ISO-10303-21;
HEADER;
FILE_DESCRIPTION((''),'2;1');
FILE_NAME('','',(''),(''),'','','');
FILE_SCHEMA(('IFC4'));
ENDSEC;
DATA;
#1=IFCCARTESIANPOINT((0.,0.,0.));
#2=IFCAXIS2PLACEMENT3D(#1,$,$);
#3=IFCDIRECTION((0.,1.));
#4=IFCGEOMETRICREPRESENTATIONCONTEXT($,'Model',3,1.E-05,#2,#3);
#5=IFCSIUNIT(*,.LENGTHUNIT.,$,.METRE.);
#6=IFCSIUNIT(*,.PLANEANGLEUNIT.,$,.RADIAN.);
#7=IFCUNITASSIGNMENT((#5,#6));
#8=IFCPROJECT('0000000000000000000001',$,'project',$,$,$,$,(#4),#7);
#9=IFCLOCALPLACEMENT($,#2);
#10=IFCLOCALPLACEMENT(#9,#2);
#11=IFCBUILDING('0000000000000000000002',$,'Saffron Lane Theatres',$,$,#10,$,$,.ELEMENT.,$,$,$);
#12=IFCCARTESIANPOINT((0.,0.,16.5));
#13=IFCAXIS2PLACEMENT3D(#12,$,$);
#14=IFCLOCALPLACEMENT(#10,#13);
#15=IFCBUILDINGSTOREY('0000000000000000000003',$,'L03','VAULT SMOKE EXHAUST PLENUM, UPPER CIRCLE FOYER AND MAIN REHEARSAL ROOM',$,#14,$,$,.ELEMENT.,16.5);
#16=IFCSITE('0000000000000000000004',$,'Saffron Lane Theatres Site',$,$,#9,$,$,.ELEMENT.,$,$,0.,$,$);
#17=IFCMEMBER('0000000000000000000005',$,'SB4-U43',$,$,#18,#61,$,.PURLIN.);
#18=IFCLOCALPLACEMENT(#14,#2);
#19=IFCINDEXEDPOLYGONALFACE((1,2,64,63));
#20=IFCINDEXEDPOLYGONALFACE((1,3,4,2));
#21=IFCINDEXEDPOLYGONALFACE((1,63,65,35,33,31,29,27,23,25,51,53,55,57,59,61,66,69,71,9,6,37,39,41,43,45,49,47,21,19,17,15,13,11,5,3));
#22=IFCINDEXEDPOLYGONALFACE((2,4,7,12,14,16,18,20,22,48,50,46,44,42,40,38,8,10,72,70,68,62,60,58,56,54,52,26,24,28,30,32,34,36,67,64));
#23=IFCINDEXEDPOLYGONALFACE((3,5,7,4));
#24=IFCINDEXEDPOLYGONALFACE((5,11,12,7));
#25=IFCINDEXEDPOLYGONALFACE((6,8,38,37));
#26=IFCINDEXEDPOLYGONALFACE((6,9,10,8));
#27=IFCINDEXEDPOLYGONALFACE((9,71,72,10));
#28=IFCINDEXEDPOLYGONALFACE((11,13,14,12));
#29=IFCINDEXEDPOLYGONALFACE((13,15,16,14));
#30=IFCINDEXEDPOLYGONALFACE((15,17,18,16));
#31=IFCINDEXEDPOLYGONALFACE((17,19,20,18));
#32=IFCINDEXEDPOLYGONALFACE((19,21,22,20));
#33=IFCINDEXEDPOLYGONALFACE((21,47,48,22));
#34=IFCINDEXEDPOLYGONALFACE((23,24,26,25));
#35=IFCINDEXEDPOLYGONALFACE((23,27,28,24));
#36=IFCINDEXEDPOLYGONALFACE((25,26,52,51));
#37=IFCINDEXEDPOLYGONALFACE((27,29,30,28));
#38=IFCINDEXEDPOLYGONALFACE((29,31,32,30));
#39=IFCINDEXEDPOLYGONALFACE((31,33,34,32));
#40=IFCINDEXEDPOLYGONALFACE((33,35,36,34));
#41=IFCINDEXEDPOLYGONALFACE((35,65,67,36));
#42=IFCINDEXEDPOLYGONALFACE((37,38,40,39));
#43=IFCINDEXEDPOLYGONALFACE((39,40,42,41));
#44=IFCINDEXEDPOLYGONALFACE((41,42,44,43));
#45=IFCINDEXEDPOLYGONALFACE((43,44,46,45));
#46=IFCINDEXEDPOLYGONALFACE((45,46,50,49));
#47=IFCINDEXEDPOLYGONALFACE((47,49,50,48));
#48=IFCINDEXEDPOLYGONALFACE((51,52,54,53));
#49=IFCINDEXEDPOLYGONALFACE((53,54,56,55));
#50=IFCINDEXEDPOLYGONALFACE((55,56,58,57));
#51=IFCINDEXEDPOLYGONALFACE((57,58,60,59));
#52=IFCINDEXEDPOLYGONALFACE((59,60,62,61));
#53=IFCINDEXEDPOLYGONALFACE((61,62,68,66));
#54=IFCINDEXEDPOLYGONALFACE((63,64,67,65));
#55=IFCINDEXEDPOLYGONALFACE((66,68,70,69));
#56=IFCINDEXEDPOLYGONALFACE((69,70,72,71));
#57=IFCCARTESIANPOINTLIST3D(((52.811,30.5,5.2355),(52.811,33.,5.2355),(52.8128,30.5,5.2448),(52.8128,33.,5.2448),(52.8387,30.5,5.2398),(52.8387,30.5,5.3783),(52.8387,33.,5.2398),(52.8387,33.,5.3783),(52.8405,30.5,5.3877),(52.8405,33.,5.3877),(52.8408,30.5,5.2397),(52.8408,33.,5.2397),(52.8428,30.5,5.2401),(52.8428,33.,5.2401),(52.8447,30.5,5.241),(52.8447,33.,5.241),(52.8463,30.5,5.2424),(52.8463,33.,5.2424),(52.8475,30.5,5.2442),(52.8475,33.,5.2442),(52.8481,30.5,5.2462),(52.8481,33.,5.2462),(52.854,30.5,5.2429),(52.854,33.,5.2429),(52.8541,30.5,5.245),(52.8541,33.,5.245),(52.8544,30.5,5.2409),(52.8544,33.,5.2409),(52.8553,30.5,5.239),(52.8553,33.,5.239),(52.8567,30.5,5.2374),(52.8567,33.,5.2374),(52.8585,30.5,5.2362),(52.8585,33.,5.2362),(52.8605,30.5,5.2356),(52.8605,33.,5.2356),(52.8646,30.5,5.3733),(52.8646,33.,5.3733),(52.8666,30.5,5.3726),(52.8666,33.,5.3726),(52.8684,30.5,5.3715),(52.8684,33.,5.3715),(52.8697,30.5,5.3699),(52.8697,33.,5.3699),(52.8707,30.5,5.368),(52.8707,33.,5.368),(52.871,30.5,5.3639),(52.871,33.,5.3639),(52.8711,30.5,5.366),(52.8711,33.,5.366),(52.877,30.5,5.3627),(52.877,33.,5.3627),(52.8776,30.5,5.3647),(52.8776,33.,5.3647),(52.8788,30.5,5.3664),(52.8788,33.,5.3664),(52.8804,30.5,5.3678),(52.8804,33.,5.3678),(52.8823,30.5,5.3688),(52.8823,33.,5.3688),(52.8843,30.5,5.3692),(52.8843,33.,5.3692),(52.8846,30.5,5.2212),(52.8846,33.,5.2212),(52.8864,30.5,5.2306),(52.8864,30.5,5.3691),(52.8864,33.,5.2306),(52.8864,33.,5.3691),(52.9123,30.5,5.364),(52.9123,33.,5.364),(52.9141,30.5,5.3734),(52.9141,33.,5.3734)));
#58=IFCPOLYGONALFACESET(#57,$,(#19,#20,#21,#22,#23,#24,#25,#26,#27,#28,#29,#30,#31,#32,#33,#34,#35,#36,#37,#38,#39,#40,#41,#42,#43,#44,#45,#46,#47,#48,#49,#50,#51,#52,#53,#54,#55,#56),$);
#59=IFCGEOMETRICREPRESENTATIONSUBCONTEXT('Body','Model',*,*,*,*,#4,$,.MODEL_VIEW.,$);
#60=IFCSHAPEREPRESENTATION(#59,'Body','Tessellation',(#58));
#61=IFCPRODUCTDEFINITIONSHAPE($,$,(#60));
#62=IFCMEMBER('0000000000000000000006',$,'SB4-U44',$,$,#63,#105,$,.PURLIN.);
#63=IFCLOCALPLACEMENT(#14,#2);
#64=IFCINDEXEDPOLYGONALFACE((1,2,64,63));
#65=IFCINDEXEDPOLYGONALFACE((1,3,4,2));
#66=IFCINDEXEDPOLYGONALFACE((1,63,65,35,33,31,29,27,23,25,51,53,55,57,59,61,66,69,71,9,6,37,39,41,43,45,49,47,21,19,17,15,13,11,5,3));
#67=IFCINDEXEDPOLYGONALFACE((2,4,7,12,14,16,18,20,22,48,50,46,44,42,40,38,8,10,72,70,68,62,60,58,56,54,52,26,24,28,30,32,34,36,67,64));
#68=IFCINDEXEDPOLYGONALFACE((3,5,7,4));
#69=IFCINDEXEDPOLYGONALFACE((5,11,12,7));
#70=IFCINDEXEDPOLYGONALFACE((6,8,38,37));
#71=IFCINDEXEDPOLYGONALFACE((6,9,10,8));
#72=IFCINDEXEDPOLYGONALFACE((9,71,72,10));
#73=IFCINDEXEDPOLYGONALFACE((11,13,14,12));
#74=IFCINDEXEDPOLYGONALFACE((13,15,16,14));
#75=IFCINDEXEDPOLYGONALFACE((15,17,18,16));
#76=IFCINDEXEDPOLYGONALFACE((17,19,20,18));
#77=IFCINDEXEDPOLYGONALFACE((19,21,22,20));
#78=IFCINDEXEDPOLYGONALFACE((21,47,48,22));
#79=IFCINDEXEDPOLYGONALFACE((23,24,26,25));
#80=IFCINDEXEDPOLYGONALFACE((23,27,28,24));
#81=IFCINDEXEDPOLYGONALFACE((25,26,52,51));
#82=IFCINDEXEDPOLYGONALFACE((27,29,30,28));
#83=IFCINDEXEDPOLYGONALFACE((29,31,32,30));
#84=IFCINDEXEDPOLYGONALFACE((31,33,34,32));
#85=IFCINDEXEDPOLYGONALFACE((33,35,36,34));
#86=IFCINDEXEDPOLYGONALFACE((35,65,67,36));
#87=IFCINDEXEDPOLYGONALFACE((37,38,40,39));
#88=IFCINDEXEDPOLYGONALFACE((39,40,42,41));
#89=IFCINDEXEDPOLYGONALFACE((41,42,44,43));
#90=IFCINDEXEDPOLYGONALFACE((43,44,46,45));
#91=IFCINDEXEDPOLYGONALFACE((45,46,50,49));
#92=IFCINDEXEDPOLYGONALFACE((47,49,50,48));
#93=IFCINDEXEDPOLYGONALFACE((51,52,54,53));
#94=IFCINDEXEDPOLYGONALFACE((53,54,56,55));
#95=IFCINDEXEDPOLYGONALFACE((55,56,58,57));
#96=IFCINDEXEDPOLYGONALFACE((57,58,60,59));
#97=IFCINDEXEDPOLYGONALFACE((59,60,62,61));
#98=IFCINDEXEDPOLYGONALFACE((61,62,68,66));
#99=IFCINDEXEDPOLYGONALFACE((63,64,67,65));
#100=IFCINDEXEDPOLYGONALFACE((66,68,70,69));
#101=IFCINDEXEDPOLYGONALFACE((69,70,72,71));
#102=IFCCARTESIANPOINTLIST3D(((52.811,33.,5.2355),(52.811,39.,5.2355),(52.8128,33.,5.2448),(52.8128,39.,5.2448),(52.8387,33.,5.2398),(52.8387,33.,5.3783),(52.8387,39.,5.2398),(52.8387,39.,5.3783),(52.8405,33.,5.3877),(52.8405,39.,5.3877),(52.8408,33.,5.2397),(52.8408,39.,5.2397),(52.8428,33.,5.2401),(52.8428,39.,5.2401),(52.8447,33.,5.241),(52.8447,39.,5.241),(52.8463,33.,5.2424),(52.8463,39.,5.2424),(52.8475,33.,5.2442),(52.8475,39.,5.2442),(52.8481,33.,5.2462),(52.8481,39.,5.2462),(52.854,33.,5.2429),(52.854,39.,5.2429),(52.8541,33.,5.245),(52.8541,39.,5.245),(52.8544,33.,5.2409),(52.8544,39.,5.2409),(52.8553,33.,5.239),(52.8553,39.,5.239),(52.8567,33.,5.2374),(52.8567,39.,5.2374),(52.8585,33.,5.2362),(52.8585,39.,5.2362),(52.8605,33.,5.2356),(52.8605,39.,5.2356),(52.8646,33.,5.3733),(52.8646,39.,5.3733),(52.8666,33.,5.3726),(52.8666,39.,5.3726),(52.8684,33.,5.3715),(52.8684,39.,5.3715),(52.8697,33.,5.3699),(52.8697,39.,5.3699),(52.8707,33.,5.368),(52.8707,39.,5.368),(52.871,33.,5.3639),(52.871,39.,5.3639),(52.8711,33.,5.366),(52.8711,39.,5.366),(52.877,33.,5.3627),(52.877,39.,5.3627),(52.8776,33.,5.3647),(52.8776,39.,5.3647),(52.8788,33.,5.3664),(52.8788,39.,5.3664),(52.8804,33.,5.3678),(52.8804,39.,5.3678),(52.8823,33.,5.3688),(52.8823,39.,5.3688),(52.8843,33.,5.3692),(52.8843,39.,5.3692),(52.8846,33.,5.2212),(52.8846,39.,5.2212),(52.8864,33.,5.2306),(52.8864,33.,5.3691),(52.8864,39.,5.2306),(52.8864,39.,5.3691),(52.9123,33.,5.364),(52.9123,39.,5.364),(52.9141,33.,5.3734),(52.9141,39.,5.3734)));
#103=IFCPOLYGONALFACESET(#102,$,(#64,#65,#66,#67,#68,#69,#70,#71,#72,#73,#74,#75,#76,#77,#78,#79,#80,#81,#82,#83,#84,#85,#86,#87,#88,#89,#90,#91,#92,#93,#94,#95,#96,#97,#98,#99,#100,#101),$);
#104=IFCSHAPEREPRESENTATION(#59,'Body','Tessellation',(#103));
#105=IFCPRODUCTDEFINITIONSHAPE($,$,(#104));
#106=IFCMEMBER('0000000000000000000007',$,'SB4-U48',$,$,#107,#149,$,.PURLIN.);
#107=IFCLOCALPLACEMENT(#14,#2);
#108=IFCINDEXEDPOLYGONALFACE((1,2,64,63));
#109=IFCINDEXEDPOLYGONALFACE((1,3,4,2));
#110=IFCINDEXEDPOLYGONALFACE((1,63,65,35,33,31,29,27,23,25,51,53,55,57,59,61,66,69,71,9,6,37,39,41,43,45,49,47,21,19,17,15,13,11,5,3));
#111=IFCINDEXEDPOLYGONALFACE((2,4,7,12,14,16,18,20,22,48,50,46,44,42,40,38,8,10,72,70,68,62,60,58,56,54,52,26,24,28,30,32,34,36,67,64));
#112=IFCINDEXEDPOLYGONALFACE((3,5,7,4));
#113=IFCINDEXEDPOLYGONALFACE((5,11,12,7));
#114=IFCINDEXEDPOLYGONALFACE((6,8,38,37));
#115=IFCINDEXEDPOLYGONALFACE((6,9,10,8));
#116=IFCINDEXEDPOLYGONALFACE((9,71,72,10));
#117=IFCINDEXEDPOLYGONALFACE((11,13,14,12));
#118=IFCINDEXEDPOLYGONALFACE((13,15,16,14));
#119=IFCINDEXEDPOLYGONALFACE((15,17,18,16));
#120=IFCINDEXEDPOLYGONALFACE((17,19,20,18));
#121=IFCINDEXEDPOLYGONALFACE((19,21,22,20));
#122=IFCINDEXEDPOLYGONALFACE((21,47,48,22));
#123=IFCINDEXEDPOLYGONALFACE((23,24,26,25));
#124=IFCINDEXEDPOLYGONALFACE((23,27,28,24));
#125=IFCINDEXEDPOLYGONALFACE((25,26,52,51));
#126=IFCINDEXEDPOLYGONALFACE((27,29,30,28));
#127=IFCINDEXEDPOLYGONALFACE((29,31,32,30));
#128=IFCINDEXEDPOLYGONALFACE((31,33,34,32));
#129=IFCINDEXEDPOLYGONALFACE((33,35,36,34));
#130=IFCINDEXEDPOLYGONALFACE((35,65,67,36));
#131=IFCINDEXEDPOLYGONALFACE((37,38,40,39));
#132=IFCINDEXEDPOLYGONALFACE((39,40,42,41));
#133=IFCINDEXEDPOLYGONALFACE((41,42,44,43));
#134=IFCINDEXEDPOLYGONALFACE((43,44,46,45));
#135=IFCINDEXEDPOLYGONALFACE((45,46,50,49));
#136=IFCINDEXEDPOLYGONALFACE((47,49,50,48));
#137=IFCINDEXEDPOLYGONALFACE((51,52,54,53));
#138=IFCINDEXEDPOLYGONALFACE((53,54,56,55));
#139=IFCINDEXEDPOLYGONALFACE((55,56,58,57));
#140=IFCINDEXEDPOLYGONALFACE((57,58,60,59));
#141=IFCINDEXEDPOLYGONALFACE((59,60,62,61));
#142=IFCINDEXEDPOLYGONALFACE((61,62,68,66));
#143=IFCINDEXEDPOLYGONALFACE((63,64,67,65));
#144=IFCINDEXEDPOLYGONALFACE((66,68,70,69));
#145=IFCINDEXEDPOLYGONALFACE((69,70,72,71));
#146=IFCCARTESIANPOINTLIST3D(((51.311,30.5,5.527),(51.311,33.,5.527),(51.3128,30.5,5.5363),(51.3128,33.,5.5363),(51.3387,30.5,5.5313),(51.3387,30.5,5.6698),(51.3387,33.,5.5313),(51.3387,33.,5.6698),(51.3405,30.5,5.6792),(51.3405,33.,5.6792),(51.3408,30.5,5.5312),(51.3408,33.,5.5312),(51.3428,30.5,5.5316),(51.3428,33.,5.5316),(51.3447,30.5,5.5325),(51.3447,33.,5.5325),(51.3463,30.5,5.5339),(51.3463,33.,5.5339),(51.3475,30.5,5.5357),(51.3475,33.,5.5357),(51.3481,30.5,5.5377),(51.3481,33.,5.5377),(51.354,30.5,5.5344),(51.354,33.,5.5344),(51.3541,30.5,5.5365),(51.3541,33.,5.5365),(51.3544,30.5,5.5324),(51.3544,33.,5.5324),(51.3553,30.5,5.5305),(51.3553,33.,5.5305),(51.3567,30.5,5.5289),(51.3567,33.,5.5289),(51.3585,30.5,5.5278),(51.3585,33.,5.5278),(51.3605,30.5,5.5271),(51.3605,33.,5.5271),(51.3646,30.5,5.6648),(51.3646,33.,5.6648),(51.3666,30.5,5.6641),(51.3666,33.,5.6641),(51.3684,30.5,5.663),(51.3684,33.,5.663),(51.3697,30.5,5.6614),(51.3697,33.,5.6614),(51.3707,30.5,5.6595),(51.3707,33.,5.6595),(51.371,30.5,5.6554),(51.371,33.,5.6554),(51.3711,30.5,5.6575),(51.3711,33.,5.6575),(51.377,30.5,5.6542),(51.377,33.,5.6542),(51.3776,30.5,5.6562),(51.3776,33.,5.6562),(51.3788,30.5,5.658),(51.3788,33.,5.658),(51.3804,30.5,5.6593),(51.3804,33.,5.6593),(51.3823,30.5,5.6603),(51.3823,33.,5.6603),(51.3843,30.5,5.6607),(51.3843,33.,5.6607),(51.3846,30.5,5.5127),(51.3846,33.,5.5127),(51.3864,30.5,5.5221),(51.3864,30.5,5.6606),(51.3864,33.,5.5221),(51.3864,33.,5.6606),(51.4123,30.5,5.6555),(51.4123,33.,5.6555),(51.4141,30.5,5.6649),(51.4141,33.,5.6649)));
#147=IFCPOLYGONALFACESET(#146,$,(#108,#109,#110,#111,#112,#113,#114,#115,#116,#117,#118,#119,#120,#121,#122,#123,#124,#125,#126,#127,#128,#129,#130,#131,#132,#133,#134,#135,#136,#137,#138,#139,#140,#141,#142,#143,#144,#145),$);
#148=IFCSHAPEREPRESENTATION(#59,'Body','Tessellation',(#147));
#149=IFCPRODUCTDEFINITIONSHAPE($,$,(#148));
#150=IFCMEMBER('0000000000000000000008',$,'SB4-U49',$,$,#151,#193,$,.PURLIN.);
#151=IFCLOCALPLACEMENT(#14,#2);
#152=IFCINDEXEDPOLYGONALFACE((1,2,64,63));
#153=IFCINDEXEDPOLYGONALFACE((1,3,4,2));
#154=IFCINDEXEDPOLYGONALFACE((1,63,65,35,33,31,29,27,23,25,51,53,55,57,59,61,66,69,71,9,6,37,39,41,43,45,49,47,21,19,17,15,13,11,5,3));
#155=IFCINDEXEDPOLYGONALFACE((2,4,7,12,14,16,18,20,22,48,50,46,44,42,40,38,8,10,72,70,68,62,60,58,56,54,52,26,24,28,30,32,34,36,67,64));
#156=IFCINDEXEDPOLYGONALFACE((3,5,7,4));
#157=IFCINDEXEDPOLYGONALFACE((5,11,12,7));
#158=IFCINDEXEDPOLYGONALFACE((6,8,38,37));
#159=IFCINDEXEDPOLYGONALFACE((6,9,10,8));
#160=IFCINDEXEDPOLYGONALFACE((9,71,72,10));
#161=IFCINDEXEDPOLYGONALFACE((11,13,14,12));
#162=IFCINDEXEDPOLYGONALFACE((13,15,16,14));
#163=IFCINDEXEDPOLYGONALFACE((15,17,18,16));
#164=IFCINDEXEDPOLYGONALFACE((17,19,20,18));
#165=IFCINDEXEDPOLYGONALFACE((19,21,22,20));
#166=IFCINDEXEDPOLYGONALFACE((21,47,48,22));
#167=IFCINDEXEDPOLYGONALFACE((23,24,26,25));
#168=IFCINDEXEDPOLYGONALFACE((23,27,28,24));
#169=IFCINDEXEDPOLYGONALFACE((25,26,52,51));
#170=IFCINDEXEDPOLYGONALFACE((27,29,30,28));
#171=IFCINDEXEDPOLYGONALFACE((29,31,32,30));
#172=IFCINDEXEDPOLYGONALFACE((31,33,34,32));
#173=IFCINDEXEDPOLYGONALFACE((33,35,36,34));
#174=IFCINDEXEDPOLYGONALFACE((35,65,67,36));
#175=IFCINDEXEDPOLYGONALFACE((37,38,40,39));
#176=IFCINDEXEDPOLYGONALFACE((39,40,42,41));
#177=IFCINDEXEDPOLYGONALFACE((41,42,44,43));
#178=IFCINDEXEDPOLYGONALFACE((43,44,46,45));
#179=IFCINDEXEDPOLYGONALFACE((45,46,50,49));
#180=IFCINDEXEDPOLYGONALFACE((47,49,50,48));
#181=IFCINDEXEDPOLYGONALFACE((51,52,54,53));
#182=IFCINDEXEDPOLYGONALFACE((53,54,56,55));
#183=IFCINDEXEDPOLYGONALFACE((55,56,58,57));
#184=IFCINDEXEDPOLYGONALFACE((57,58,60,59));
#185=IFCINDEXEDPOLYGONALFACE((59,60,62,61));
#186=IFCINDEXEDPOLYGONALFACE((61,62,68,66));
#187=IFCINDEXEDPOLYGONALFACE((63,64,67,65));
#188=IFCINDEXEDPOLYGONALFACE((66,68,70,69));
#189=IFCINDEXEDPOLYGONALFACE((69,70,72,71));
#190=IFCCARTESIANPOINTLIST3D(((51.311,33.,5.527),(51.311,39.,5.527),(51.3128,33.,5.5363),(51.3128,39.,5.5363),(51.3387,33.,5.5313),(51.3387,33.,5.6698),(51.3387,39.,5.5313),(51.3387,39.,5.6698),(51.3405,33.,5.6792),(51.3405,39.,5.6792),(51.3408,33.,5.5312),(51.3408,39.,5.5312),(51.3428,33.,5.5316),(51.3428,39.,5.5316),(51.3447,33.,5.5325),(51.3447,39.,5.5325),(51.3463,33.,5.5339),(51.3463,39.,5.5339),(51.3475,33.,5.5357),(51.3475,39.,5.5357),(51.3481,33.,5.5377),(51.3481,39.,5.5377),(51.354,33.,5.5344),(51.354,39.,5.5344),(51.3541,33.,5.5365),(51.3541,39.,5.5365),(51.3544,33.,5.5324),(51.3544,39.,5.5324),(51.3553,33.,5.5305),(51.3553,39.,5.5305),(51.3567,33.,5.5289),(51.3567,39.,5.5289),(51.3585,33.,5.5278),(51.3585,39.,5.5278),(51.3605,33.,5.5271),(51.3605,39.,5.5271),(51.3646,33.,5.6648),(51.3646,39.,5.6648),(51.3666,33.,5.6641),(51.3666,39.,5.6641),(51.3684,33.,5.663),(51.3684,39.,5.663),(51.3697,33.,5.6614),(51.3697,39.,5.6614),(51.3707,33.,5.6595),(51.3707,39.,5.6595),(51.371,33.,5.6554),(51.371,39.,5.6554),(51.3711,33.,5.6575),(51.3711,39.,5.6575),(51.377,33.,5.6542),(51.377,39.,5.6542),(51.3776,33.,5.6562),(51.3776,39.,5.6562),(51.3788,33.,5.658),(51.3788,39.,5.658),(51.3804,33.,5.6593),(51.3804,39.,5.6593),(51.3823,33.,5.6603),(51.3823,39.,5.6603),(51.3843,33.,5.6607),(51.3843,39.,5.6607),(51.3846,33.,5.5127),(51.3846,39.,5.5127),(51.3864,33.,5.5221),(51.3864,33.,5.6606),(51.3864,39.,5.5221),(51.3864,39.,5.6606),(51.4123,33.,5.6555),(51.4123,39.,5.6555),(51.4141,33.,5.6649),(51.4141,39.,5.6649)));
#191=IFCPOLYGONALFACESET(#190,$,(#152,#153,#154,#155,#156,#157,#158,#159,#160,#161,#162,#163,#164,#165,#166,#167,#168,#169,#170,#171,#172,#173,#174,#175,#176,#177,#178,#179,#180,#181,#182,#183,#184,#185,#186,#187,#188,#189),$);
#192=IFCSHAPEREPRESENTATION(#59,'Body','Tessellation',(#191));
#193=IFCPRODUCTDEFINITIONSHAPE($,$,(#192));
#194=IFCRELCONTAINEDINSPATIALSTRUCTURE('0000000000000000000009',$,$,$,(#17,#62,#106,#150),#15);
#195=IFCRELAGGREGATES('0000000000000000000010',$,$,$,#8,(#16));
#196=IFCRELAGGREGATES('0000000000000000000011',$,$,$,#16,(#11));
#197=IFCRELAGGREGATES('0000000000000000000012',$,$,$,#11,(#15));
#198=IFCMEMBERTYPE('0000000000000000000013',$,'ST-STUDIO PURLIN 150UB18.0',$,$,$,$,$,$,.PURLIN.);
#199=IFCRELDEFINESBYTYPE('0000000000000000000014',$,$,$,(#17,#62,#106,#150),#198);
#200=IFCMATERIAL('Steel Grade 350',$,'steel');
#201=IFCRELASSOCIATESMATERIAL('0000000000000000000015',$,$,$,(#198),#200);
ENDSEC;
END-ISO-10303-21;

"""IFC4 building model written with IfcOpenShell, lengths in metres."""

from ifc_helpers import new_model, si_unit, direction, frame, origin, origin_2d, place, context, subcontext, project, spatial, i_section, extrude, material, material_profile, profile_set, type_object, element, save


model = new_model("IFC4")

# Units and contexts
model_context = context("Model", 3, precision=1e-05, world=origin(), true_north=direction((0.0, 1.0)))
body_context = subcontext(model_context, "Body", "Model", "MODEL_VIEW")
ifc_project = project(units=[si_unit("LENGTHUNIT", "METRE"), si_unit("PLANEANGLEUNIT", "RADIAN")], contexts=[model_context])

# Site, building, storey
site_placement = place(None, origin())
site = spatial("IfcSite", under=ifc_project, at=site_placement, Name="Saffron Lane Theatres Site", CompositionType="ELEMENT", RefElevation=0.0)
building_placement = place(site_placement, origin())
building = spatial("IfcBuilding", under=site, at=building_placement, Name="Saffron Lane Theatres", CompositionType="ELEMENT")
storey_placement = place(building_placement, frame((0.0, 0.0, 16.5)))
storey = spatial("IfcBuildingStorey", under=building, at=storey_placement, Name="L03", Description="VAULT SMOKE EXHAUST PLENUM, UPPER CIRCLE FOYER AND MAIN REHEARSAL ROOM", CompositionType="ELEMENT", Elevation=16.5)

# Members
ifc_material_1 = material(Name="Steel Grade 350", Category="steel")
ifc_material_profile_1 = material_profile(ifc_material_1, i_section(OverallWidth=0.075, OverallDepth=0.155, WebThickness=0.0061, FlangeThickness=0.0095, FilletRadius=0.0081, at=origin_2d()))
ifc_profile_set_1 = profile_set([ifc_material_profile_1], Name="Steel Grade 350")
member_type_1 = type_object("IfcMemberType", Name="ST-STUDIO PURLIN 150UB18.0", PredefinedType="PURLIN", material=ifc_profile_set_1)
member_1_placement = place(storey_placement, frame((52.8625, 30.5, 5.3044), z_axis=(0.0, 1.0, 0.0), x_axis=(-0.981661, 0.0, 0.190637)))
element("IfcMember", 1, at=member_1_placement, inside=storey, type_object=member_type_1, Name="SB4-U43", PredefinedType="PURLIN", context=body_context, shape_type="SweptSolid", body=[
    extrude(i_section(OverallWidth=0.075, OverallDepth=0.155, WebThickness=0.0061, FlangeThickness=0.0095, FilletRadius=0.0081, at=origin_2d()), origin(), (0.0, 0.0, 1.0), 2.5),
])
member_2_placement = place(storey_placement, frame((52.8625, 33.0, 5.3044), z_axis=(0.0, 1.0, 0.0), x_axis=(-0.981661, 0.0, 0.190637)))
element("IfcMember", 2, at=member_2_placement, inside=storey, type_object=member_type_1, Name="SB4-U44", PredefinedType="PURLIN", context=body_context, shape_type="SweptSolid", body=[
    extrude(i_section(OverallWidth=0.075, OverallDepth=0.155, WebThickness=0.0061, FlangeThickness=0.0095, FilletRadius=0.0081, at=origin_2d()), origin(), (0.0, 0.0, 1.0), 6.0),
])
member_3_placement = place(storey_placement, frame((51.3625, 30.5, 5.5959), z_axis=(0.0, 1.0, 0.0), x_axis=(-0.981661, 0.0, 0.190637)))
element("IfcMember", 3, at=member_3_placement, inside=storey, type_object=member_type_1, Name="SB4-U48", PredefinedType="PURLIN", context=body_context, shape_type="SweptSolid", body=[
    extrude(i_section(OverallWidth=0.075, OverallDepth=0.155, WebThickness=0.0061, FlangeThickness=0.0095, FilletRadius=0.0081, at=origin_2d()), origin(), (0.0, 0.0, 1.0), 2.5),
])
member_4_placement = place(storey_placement, frame((51.3625, 33.0, 5.5959), z_axis=(0.0, 1.0, 0.0), x_axis=(-0.981661, 0.0, 0.190637)))
element("IfcMember", 4, at=member_4_placement, inside=storey, type_object=member_type_1, Name="SB4-U49", PredefinedType="PURLIN", context=body_context, shape_type="SweptSolid", body=[
    extrude(i_section(OverallWidth=0.075, OverallDepth=0.155, WebThickness=0.0061, FlangeThickness=0.0095, FilletRadius=0.0081, at=origin_2d()), origin(), (0.0, 0.0, 1.0), 6.0),
])

save(model, "model.ifc")
